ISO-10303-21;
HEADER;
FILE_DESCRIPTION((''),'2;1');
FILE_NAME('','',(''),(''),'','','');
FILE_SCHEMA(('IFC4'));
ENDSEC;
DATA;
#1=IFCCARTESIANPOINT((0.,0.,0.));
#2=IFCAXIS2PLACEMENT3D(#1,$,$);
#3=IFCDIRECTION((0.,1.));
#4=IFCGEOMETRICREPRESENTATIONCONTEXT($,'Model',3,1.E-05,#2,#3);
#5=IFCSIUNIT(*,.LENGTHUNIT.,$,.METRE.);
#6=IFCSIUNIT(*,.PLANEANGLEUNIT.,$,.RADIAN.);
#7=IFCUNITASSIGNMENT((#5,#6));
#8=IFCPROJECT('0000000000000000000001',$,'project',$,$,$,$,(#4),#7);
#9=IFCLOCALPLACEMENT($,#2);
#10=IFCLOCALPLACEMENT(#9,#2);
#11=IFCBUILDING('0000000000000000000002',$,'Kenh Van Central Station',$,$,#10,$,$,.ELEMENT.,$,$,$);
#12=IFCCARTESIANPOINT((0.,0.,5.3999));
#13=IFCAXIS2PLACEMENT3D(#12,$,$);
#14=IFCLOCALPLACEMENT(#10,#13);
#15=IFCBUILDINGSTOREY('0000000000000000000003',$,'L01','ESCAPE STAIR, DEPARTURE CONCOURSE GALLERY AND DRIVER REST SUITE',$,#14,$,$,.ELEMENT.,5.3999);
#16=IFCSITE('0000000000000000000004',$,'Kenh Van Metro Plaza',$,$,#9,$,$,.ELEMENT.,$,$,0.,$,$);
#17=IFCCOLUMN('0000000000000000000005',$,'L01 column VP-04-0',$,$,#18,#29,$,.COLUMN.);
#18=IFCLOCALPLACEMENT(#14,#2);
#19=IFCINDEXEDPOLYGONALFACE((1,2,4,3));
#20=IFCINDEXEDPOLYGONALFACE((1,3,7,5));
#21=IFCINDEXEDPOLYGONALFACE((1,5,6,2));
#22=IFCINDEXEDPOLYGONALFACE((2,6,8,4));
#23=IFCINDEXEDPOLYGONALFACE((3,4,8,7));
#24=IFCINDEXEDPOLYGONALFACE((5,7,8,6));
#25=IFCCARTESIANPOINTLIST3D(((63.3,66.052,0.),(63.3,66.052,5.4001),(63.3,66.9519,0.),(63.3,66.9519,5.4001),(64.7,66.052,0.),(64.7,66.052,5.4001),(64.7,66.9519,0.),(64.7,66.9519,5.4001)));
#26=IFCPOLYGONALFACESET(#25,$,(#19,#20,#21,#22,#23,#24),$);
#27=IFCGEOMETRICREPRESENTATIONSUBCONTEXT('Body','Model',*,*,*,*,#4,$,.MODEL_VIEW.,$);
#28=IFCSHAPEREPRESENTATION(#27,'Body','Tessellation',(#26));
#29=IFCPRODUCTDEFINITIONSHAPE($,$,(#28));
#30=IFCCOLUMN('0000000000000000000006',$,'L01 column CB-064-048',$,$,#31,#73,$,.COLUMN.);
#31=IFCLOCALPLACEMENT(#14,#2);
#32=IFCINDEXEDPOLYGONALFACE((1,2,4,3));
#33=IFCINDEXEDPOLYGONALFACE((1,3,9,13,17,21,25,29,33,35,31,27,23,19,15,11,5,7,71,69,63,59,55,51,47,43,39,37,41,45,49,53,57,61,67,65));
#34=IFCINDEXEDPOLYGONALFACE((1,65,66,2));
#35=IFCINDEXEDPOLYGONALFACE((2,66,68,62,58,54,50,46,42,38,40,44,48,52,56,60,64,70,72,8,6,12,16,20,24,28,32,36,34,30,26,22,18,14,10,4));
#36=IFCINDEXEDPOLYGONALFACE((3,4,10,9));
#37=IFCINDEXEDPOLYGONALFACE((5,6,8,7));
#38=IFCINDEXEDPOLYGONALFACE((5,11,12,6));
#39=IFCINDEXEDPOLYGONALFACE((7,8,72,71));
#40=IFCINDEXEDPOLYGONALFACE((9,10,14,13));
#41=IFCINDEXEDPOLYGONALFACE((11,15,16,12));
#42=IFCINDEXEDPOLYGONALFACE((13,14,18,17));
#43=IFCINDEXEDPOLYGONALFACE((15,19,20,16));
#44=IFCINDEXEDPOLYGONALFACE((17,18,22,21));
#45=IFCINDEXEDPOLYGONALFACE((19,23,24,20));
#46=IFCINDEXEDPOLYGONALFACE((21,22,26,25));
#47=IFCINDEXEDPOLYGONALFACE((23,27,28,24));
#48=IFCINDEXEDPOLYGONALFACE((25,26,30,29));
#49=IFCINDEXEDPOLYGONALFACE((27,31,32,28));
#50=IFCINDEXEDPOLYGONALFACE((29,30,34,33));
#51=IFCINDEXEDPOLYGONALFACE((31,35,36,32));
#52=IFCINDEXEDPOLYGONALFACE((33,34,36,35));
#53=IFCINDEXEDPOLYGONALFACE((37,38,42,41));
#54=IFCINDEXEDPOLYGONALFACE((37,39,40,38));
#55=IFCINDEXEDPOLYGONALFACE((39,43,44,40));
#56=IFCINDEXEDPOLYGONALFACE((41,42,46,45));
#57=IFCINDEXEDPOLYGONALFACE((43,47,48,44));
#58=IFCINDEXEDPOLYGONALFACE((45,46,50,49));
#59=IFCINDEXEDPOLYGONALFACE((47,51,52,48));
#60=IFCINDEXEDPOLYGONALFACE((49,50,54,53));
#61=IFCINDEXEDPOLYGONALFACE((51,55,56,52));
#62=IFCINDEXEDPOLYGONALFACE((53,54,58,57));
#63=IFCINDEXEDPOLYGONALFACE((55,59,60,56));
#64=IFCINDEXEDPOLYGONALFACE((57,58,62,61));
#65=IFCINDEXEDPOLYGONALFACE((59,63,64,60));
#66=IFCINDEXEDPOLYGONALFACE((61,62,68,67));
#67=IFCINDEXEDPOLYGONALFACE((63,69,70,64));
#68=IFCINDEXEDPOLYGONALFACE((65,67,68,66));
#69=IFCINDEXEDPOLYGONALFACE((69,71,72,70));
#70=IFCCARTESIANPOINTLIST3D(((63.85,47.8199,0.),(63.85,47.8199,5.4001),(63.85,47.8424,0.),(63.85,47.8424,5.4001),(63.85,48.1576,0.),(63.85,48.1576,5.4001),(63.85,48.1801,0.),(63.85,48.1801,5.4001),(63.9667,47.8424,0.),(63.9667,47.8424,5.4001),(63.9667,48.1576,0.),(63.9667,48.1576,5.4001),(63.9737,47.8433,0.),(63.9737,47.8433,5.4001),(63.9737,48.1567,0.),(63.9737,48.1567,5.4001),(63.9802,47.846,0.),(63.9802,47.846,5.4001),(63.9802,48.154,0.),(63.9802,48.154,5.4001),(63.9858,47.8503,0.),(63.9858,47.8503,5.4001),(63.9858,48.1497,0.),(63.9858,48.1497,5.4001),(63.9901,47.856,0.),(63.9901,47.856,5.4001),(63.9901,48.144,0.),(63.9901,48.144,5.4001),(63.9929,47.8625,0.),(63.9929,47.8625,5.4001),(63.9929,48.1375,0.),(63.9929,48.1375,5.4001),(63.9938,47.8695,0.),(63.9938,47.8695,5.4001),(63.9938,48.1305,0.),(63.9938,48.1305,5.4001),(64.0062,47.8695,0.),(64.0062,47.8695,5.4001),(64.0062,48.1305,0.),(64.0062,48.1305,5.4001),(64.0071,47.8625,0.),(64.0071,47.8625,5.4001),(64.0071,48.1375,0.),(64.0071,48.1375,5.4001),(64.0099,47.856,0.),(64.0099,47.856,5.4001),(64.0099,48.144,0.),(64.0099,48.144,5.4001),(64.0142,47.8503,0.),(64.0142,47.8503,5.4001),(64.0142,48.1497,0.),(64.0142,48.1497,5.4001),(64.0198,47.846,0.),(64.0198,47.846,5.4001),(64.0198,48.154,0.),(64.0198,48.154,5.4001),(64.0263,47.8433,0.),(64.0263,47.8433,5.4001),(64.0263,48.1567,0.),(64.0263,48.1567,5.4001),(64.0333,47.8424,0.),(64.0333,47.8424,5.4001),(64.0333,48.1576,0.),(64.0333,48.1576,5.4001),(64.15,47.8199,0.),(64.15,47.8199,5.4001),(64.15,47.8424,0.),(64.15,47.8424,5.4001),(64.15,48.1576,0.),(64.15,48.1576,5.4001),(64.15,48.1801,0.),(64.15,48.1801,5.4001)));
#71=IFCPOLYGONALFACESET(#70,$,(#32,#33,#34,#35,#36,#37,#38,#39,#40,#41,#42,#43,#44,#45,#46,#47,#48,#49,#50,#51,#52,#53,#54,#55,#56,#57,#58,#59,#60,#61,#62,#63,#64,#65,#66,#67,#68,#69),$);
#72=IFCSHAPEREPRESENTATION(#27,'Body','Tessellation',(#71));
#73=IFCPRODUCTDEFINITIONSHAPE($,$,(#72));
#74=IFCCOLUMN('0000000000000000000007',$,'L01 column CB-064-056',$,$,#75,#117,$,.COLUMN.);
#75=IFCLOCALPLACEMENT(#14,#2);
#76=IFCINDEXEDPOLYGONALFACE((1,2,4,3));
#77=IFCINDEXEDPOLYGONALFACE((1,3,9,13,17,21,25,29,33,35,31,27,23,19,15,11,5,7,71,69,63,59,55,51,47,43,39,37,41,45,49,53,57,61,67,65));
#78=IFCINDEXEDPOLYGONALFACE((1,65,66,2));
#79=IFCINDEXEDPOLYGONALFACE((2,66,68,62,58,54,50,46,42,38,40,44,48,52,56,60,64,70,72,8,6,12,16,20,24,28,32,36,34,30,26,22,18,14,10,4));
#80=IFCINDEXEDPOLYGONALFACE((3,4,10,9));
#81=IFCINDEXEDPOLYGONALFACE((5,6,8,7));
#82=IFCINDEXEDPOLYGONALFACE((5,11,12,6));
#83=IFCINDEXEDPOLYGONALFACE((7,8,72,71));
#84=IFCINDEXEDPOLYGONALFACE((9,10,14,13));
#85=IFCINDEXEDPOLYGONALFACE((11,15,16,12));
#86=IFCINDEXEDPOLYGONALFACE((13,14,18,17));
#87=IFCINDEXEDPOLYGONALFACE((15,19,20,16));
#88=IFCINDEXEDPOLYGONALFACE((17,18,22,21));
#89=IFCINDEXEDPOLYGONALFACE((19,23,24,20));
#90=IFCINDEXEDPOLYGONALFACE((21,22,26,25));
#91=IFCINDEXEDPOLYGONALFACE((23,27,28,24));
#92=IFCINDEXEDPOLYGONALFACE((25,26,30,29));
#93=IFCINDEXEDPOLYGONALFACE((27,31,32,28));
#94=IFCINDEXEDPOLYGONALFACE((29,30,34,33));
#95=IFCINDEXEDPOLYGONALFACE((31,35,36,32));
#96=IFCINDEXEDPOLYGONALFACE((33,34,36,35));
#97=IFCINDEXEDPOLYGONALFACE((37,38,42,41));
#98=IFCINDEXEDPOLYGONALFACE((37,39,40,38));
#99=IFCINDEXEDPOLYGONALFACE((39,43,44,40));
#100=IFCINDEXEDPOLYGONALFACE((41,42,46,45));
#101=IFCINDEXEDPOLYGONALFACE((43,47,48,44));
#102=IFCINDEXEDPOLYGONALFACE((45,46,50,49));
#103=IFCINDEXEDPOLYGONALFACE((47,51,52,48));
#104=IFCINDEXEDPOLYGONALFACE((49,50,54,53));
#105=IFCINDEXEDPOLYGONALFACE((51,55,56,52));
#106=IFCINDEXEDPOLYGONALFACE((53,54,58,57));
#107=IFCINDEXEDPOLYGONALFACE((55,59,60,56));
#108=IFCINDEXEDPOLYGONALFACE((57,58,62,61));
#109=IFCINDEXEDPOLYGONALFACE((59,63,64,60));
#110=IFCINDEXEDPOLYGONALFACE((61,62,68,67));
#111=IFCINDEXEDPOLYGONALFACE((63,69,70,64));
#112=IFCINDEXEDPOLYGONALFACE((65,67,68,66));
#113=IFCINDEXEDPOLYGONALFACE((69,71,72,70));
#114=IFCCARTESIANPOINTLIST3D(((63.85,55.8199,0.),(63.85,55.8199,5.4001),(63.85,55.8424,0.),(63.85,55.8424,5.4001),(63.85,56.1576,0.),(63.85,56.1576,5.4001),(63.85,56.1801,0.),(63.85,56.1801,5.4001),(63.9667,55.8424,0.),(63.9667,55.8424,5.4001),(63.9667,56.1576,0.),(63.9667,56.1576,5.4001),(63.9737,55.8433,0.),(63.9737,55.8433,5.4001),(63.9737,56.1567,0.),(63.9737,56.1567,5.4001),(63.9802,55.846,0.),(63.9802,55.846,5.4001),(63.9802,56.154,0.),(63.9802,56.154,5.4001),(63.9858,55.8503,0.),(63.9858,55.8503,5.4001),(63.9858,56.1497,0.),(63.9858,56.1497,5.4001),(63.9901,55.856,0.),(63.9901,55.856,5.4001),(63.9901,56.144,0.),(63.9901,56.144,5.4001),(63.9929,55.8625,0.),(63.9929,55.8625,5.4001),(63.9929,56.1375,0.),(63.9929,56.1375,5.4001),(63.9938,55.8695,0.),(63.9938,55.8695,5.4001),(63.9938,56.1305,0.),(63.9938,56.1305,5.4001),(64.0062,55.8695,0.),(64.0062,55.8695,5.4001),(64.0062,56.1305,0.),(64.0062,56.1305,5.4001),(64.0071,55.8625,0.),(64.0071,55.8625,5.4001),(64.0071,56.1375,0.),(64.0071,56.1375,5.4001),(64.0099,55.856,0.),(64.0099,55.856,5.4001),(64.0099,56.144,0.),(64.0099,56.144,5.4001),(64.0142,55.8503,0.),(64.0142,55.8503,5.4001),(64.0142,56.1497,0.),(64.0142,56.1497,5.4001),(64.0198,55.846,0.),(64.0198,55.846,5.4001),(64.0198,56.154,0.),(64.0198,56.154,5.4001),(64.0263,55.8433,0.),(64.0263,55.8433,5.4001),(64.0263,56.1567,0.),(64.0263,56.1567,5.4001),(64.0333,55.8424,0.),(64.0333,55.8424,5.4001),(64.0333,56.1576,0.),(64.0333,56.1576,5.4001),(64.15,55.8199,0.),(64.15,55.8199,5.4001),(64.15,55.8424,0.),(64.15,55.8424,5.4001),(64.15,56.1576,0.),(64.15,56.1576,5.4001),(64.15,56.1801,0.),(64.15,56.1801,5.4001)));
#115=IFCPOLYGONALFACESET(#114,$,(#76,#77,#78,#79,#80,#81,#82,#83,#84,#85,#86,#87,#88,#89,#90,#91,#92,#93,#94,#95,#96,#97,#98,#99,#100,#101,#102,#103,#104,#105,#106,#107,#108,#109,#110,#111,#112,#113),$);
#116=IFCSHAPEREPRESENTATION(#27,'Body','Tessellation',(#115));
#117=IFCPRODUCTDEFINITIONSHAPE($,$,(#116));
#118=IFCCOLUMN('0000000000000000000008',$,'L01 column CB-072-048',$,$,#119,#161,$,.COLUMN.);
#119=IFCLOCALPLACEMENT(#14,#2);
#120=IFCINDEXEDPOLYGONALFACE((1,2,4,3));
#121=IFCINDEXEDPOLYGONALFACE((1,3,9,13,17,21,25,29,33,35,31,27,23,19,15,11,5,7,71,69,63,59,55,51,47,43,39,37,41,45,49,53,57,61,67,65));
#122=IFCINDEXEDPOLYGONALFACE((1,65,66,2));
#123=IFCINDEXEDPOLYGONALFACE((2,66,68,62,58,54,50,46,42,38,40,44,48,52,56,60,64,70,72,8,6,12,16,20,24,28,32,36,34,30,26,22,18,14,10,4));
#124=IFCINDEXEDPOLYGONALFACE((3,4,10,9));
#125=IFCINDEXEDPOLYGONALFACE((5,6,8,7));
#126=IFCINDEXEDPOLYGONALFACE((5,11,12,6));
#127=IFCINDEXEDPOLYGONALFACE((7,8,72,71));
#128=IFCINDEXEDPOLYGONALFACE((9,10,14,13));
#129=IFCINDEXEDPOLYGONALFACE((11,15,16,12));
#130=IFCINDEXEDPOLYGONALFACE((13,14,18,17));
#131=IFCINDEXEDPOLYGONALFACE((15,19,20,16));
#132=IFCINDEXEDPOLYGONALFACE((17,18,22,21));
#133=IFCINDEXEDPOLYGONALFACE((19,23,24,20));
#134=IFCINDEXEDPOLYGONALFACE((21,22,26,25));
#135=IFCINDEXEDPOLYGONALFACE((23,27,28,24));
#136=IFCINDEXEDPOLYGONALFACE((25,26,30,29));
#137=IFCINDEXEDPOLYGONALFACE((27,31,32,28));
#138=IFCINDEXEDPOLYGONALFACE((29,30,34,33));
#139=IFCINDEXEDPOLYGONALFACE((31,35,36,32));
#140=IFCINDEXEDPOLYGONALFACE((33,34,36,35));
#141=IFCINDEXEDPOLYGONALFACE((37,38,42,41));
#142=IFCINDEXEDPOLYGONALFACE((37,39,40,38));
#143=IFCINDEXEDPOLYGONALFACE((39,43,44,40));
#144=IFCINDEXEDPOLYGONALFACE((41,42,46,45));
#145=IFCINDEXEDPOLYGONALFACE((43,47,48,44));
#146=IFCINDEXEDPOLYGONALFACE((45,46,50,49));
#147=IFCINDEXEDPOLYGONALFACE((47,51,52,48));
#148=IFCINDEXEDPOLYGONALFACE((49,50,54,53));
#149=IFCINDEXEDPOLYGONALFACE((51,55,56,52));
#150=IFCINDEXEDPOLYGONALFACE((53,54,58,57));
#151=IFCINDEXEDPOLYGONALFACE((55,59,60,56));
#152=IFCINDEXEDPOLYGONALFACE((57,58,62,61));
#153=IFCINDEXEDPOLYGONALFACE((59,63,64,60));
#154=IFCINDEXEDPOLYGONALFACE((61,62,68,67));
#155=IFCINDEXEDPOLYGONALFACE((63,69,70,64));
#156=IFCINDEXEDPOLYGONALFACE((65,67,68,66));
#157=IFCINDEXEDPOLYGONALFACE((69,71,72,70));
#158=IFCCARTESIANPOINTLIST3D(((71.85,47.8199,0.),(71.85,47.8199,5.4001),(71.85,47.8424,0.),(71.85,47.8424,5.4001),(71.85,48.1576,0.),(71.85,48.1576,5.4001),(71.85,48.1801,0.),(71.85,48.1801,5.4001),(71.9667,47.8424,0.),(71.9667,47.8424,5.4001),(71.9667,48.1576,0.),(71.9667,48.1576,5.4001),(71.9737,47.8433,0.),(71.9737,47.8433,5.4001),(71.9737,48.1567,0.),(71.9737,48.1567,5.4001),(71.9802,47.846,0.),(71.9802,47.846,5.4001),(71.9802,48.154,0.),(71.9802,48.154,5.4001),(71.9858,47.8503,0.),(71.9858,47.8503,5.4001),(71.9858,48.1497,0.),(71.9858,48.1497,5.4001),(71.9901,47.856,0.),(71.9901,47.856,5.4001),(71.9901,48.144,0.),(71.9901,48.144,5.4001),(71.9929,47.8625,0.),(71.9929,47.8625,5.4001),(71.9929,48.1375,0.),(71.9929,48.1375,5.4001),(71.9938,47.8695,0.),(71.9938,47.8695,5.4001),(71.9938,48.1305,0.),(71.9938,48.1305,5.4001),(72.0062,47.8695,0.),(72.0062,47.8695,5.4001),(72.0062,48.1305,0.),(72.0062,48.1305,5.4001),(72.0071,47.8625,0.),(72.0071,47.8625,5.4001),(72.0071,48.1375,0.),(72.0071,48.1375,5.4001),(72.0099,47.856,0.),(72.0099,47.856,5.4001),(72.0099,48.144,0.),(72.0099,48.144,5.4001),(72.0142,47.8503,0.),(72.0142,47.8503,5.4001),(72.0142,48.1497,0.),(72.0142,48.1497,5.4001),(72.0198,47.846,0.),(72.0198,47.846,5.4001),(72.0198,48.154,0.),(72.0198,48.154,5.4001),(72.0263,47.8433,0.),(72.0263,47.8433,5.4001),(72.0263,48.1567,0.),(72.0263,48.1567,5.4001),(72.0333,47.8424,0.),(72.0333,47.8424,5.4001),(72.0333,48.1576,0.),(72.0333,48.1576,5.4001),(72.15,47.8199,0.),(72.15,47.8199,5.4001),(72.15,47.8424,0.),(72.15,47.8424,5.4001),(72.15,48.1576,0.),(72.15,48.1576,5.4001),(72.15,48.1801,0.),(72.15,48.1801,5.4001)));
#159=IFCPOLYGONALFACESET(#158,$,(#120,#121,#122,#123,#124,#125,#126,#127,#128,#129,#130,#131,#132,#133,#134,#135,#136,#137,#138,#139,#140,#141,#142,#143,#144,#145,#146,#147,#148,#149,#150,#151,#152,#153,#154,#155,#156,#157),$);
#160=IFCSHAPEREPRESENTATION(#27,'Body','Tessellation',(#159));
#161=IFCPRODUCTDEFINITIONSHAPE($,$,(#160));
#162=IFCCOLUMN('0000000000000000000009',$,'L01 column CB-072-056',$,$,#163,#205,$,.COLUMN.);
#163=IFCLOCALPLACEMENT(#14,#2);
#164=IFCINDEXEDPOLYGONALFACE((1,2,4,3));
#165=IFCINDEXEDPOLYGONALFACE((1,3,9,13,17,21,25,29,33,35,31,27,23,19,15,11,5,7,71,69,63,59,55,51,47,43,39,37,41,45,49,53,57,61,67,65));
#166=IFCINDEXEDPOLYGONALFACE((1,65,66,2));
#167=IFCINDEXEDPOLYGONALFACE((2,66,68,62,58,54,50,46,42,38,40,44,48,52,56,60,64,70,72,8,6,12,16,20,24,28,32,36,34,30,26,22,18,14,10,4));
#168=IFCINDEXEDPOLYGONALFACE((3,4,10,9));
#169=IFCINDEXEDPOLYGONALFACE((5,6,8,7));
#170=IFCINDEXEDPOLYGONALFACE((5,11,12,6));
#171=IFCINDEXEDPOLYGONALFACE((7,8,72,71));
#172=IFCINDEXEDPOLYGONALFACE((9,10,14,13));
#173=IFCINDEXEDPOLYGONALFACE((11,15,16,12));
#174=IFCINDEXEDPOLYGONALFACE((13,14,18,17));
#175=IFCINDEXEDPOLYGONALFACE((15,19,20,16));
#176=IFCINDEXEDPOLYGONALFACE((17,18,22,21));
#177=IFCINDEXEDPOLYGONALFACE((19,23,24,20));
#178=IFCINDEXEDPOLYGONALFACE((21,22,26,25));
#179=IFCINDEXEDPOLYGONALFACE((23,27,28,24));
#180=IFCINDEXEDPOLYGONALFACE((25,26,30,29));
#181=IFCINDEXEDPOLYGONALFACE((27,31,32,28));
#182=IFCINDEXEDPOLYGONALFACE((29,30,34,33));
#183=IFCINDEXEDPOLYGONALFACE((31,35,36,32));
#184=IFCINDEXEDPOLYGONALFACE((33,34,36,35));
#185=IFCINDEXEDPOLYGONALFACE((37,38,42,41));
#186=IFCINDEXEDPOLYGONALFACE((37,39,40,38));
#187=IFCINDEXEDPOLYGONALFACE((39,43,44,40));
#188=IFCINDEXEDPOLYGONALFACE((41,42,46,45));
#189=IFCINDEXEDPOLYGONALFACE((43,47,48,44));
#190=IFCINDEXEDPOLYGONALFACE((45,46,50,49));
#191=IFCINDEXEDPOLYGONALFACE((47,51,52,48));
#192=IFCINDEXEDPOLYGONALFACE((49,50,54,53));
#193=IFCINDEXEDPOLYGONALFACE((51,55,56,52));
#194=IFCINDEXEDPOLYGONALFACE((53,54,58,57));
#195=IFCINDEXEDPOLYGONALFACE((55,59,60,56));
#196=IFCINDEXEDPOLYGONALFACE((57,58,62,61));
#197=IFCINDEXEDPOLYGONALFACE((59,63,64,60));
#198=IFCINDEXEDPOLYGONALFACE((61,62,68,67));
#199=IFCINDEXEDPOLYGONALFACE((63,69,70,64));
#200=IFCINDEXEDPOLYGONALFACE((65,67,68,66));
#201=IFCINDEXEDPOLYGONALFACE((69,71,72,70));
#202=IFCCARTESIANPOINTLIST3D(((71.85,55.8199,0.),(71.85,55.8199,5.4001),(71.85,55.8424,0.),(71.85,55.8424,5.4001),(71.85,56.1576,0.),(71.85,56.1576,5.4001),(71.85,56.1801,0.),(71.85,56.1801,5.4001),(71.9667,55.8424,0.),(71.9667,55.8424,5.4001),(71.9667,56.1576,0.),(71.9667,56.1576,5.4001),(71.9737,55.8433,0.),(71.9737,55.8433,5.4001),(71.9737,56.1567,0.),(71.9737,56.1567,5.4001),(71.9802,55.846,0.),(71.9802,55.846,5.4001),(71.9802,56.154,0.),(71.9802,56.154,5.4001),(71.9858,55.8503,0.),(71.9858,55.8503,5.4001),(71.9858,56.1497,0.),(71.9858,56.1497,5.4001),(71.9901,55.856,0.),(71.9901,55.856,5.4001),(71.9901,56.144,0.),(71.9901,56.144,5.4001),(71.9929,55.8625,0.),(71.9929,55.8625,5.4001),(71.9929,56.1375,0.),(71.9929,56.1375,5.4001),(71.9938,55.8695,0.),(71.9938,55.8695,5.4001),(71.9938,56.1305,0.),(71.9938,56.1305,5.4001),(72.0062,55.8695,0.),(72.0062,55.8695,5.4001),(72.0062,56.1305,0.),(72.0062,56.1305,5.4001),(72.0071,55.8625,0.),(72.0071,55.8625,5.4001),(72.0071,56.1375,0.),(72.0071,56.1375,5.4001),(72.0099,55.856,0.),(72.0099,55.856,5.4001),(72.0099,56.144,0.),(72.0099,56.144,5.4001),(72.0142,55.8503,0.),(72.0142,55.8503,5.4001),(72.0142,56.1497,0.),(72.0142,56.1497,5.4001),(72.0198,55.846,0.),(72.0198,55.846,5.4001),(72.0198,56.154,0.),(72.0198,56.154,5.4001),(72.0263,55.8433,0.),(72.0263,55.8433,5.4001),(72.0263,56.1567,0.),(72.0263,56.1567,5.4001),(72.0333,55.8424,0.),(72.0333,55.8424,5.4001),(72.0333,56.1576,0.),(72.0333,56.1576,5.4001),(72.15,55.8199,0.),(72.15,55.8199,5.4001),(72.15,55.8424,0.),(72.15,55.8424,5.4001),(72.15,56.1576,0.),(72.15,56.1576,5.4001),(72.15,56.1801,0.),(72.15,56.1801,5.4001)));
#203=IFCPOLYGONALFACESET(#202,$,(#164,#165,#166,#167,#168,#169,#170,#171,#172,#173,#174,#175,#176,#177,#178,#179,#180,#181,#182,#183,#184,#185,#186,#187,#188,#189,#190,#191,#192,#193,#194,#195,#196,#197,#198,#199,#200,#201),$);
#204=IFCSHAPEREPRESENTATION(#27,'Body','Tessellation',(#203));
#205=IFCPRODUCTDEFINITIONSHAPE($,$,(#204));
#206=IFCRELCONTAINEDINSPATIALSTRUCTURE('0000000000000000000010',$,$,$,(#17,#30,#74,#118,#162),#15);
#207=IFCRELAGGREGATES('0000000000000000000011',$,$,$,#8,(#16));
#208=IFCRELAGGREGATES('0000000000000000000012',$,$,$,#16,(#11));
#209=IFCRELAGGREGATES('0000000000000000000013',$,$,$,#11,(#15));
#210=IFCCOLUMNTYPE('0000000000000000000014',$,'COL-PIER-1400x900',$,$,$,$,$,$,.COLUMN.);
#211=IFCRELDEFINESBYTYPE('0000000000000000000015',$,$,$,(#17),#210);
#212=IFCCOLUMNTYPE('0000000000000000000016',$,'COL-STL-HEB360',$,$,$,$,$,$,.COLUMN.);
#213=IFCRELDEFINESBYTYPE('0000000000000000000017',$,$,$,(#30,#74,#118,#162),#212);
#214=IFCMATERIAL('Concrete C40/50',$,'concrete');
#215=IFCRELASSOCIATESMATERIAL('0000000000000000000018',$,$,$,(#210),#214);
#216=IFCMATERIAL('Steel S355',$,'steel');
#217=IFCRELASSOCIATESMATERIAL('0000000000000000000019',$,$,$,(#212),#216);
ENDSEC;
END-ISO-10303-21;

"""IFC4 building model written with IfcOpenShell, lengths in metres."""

from ifc_helpers import new_model, si_unit, direction, frame, origin, origin_2d, place, context, subcontext, project, spatial, rectangle, i_section, extrude, material, material_profile, profile_set, type_object, element, save


model = new_model("IFC4")

# Units and contexts
model_context = context("Model", 3, precision=1e-05, world=origin(), true_north=direction((0.0, 1.0)))
body_context = subcontext(model_context, "Body", "Model", "MODEL_VIEW")
ifc_project = project(units=[si_unit("LENGTHUNIT", "METRE"), si_unit("PLANEANGLEUNIT", "RADIAN")], contexts=[model_context])

# Site, building, storey
site_placement = place(None, origin())
site = spatial("IfcSite", under=ifc_project, at=site_placement, Name="Kenh Van Metro Plaza", CompositionType="ELEMENT", RefElevation=0.0)
building_placement = place(site_placement, origin())
building = spatial("IfcBuilding", under=site, at=building_placement, Name="Kenh Van Central Station", CompositionType="ELEMENT")
storey_placement = place(building_placement, frame((0.0, 0.0, 5.3999)))
storey = spatial("IfcBuildingStorey", under=building, at=storey_placement, Name="L01", Description="ESCAPE STAIR, DEPARTURE CONCOURSE GALLERY AND DRIVER REST SUITE", CompositionType="ELEMENT", Elevation=5.3999)

# Columns
ifc_material_1 = material(Name="Concrete C40/50", Category="concrete")
ifc_material_profile_1 = material_profile(ifc_material_1, rectangle(XDim=1.3999, YDim=0.8999, at=origin_2d()), Name="RC 1400x900")
ifc_profile_set_1 = profile_set([ifc_material_profile_1], Name="Concrete C40/50")
column_type_1 = type_object("IfcColumnType", Name="COL-PIER-1400x900", PredefinedType="COLUMN", material=ifc_profile_set_1)
column_placement = place(storey_placement, frame((64.0, 66.502, 0.0), z_axis=(0.0, 0.0, 1.0), x_axis=(1.0, 0.0, 0.0)))
element("IfcColumn", 1, at=column_placement, inside=storey, type_object=column_type_1, Name="L01 column VP-04-0", PredefinedType="COLUMN", context=body_context, shape_type="SweptSolid", body=[
    extrude(rectangle(XDim=1.3999, YDim=0.8999, at=origin_2d()), origin(), (0.0, 0.0, 1.0), 5.4001),
])
ifc_material_2 = material(Name="Steel S355", Category="steel")
ifc_material_profile_2 = material_profile(ifc_material_2, i_section(OverallWidth=0.3, OverallDepth=0.3601, WebThickness=0.0125, FlangeThickness=0.0225, FilletRadius=0.0271, at=origin_2d()), Name="HEB 360")
ifc_profile_set_2 = profile_set([ifc_material_profile_2], Name="Steel S355")
column_type_2 = type_object("IfcColumnType", Name="COL-STL-HEB360", PredefinedType="COLUMN", material=ifc_profile_set_2)
for number, where, z_axis, x_axis, name in (
    (2, (64.0, 48.0, 0.0), (0.0, 0.0, 1.0), (1.0, 0.0, 0.0), "L01 column CB-064-048"),
    (3, (64.0, 56.0, 0.0), (0.0, 0.0, 1.0), (1.0, 0.0, 0.0), "L01 column CB-064-056"),
    (4, (72.0, 48.0, 0.0), (0.0, 0.0, 1.0), (1.0, 0.0, 0.0), "L01 column CB-072-048"),
    (5, (72.0, 56.0, 0.0), (0.0, 0.0, 1.0), (1.0, 0.0, 0.0), "L01 column CB-072-056"),
):
    element("IfcColumn", number, at=place(storey_placement, frame(where, z_axis=z_axis, x_axis=x_axis)), inside=storey, type_object=column_type_2, Name=name, PredefinedType="COLUMN", context=body_context, shape_type="SweptSolid", body=[
        extrude(i_section(OverallWidth=0.3, OverallDepth=0.3601, WebThickness=0.0125, FlangeThickness=0.0225, FilletRadius=0.0271, at=origin_2d()), origin(), (0.0, 0.0, 1.0), 5.4001),
    ])

save(model, "model.ifc")
